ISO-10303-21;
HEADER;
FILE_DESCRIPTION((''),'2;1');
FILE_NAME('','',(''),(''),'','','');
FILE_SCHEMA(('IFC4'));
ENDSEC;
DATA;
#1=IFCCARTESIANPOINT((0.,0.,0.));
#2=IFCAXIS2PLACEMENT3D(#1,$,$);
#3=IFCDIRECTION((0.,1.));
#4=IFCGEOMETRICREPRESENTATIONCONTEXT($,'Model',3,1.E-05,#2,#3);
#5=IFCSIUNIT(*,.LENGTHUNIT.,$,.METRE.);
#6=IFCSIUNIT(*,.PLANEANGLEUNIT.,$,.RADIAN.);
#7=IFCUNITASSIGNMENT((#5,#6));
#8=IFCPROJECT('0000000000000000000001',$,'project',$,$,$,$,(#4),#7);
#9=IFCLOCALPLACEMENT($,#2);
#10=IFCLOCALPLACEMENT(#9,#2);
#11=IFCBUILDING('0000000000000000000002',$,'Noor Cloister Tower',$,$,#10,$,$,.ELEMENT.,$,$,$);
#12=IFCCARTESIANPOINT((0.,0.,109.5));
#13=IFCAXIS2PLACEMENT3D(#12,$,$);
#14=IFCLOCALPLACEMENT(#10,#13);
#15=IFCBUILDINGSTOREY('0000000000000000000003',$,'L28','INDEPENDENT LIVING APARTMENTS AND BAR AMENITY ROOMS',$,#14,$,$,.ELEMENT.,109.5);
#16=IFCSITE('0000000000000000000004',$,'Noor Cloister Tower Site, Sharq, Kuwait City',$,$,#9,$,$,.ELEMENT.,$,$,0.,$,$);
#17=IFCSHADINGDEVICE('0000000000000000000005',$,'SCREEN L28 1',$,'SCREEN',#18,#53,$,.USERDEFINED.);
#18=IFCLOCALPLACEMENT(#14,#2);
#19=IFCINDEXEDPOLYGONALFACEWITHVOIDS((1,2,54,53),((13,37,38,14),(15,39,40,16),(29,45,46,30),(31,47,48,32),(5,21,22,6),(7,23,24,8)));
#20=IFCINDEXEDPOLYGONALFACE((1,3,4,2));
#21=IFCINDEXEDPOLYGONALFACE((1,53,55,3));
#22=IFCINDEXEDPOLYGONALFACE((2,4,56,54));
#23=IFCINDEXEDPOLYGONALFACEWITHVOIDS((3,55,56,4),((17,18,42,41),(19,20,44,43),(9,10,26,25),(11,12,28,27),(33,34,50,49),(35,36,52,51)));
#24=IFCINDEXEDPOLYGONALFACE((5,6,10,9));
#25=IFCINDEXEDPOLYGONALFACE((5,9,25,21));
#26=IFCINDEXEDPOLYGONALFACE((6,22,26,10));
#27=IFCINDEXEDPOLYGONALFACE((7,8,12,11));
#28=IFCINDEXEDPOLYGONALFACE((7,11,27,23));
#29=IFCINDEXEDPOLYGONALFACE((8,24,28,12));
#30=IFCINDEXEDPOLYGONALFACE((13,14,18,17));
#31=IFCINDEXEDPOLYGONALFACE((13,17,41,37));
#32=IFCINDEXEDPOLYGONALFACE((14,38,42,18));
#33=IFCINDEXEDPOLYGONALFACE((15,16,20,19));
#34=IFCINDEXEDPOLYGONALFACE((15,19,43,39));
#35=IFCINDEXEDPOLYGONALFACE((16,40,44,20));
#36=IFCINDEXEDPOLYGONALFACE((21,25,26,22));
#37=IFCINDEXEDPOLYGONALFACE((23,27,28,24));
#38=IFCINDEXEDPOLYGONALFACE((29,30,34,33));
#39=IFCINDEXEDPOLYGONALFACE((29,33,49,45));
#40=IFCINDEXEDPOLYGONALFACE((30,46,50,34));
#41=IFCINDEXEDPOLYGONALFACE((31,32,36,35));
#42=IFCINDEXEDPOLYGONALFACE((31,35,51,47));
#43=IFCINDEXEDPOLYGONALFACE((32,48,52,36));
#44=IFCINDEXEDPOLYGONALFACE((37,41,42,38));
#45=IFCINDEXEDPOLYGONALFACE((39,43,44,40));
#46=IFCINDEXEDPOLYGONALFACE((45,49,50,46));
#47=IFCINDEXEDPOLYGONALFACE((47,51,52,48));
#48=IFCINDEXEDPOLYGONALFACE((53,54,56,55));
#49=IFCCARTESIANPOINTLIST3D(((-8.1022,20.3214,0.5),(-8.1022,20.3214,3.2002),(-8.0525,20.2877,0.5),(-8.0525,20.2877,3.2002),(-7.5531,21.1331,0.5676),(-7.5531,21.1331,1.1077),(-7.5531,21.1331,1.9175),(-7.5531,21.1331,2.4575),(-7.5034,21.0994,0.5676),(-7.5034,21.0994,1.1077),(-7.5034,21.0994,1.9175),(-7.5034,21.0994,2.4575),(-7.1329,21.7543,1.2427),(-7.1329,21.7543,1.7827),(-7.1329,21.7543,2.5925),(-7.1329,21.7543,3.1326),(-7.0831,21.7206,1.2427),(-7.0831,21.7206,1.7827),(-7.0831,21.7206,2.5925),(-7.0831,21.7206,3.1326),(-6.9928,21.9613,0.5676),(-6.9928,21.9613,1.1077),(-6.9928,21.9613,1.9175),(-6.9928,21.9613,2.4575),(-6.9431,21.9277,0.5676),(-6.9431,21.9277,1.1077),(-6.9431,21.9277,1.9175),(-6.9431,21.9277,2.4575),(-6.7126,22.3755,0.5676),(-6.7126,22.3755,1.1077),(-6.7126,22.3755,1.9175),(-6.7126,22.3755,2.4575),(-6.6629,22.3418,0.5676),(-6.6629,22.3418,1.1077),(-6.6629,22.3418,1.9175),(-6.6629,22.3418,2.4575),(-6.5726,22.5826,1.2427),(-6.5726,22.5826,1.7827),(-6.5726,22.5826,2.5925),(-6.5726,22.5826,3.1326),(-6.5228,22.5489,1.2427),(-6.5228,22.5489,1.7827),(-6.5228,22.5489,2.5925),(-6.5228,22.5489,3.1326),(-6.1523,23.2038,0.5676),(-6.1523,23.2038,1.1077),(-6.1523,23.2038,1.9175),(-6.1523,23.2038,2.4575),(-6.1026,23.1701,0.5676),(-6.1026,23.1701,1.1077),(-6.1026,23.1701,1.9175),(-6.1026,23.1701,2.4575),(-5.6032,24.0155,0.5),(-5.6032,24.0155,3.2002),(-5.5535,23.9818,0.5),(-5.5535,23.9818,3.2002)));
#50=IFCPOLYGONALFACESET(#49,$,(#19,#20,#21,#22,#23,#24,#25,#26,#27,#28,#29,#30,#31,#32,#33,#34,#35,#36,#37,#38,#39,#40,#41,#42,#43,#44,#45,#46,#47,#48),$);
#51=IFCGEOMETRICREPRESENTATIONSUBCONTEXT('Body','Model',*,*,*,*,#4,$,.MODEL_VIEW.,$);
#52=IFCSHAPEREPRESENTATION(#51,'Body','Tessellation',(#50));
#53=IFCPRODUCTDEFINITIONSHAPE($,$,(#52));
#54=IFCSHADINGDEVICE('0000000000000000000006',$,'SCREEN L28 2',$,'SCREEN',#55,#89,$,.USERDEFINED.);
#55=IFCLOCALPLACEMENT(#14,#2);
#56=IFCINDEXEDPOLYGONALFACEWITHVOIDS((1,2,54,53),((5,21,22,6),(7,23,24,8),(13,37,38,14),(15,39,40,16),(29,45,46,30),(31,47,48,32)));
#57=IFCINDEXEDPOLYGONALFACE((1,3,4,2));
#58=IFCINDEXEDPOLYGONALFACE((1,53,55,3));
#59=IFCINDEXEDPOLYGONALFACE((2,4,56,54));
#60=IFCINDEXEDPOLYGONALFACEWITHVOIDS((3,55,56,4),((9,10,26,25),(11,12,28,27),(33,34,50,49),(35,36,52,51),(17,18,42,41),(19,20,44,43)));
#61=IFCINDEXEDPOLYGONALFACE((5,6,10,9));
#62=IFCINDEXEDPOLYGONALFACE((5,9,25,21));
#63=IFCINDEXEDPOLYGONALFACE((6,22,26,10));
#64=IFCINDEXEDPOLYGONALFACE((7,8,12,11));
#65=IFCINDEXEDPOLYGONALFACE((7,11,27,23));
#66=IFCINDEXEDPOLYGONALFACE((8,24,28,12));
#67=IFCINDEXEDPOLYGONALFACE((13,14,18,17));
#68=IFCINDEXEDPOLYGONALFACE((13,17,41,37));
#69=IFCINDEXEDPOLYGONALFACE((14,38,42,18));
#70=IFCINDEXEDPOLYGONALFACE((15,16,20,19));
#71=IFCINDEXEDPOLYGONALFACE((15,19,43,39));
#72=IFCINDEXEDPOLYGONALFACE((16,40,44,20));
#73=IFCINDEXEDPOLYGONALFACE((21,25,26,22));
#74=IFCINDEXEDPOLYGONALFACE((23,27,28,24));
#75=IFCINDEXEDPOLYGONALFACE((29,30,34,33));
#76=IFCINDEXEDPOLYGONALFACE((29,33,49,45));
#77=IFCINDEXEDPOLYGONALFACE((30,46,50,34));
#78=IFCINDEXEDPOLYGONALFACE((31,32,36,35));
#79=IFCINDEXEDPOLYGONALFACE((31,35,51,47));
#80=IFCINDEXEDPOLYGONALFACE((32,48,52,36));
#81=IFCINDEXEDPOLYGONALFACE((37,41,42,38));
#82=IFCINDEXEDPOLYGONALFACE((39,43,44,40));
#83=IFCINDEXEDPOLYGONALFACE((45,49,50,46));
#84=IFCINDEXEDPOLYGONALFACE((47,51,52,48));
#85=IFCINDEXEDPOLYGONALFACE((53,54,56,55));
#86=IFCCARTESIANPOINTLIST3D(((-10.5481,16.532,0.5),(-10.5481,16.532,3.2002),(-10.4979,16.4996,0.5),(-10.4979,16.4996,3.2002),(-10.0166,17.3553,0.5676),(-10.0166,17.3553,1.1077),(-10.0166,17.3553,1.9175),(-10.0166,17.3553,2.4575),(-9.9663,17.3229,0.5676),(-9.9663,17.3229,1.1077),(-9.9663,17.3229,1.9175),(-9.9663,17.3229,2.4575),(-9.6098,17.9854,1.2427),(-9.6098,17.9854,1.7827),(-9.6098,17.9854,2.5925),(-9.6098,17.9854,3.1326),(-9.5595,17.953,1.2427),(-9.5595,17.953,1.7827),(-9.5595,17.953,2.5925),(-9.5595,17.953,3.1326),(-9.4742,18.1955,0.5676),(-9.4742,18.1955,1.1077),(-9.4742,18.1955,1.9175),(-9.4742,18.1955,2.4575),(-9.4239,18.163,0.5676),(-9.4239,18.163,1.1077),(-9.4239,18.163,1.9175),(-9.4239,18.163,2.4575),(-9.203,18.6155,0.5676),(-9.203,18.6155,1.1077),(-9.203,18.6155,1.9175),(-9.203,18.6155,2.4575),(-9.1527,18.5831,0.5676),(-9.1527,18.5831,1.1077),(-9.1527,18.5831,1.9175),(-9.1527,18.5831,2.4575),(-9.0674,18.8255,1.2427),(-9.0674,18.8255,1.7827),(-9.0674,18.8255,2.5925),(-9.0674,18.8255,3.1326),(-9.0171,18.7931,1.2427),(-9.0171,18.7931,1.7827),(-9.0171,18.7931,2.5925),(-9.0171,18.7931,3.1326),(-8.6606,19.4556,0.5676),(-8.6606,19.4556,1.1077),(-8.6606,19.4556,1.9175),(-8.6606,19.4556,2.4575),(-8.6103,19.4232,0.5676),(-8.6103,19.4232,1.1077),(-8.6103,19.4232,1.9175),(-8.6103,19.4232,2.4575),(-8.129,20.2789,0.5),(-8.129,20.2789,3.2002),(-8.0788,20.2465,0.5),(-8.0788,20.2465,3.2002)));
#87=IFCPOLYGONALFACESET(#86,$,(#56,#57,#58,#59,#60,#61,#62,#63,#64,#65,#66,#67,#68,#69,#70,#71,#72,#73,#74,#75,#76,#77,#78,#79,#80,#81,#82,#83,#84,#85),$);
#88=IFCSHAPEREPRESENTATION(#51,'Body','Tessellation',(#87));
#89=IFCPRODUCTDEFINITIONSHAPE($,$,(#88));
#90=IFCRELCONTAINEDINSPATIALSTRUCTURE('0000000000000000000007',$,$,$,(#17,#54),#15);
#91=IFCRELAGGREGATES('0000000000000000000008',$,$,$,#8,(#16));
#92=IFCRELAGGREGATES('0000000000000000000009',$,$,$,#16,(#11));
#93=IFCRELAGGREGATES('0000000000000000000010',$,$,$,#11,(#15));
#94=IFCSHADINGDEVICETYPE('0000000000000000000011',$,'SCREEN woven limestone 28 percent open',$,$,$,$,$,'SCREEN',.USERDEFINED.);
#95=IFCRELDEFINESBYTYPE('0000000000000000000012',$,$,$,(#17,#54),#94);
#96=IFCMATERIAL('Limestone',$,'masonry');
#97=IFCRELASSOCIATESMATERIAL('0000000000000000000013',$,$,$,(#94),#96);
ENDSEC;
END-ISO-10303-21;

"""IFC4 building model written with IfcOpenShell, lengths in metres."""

from ifc_helpers import new_model, si_unit, direction, frame, origin, place, context, subcontext, project, spatial, polyline, outline, extrude, material, material_profile, profile_set, type_object, element, save


model = new_model("IFC4")

# Units and contexts
model_context = context("Model", 3, precision=1e-05, world=origin(), true_north=direction((0.0, 1.0)))
body_context = subcontext(model_context, "Body", "Model", "MODEL_VIEW")
ifc_project = project(units=[si_unit("LENGTHUNIT", "METRE"), si_unit("PLANEANGLEUNIT", "RADIAN")], contexts=[model_context])

# Site, building, storey
site_placement = place(None, origin())
site = spatial("IfcSite", under=ifc_project, at=site_placement, Name="Noor Cloister Tower Site, Sharq, Kuwait City", CompositionType="ELEMENT", RefElevation=0.0)
building_placement = place(site_placement, origin())
building = spatial("IfcBuilding", under=site, at=building_placement, Name="Noor Cloister Tower", CompositionType="ELEMENT")
storey_placement = place(building_placement, frame((0.0, 0.0, 109.5)))
storey = spatial("IfcBuildingStorey", under=building, at=storey_placement, Name="L28", Description="INDEPENDENT LIVING APARTMENTS AND BAR AMENITY ROOMS", CompositionType="ELEMENT", Elevation=109.5)

# Shading devices
ifc_material_1 = material(Name="Limestone", Category="masonry")
ifc_material_profile_1 = material_profile(ifc_material_1, outline(polyline([(-2.23, -1.3501), (2.23, -1.3501), (2.23, 1.3501), (-2.23, 1.3501), (-2.23, -1.3501)]), holes=[polyline([(-1.25, -1.2825), (-0.25, -1.2825), (-0.25, -0.7424), (-1.25, -0.7424), (-1.25, -1.2825)]), polyline([(0.25, -1.2825), (1.25, -1.2825), (1.25, -0.7424), (0.25, -0.7424), (0.25, -1.2825)]), polyline([(-0.5, -0.6074), (0.5, -0.6074), (0.5, -0.0674), (-0.5, -0.0674), (-0.5, -0.6074)]), polyline([(-1.25, 0.0674), (-0.25, 0.0674), (-0.25, 0.6074), (-1.25, 0.6074), (-1.25, 0.0674)]), polyline([(0.25, 0.0674), (1.25, 0.0674), (1.25, 0.6074), (0.25, 0.6074), (0.25, 0.0674)]), polyline([(-0.5, 0.7424), (0.5, 0.7424), (0.5, 1.2825), (-0.5, 1.2825), (-0.5, 0.7424)])]), Name="Woven screen 28 percent open")
ifc_profile_set_1 = profile_set([ifc_material_profile_1], Name="Limestone")
shading_device_type = type_object("IfcShadingDeviceType", Name="SCREEN woven limestone 28 percent open", ElementType="SCREEN", PredefinedType="USERDEFINED", material=ifc_profile_set_1)
shading_device_1_placement = place(storey_placement, frame((-6.803, 22.1348, 1.8501), z_axis=(-0.828283, 0.560309, 0.0), x_axis=(-0.560309, -0.828283, 0.0)))
element("IfcShadingDevice", 1, at=shading_device_1_placement, inside=storey, type_object=shading_device_type, Name="SCREEN L28 1", ObjectType="SCREEN", PredefinedType="USERDEFINED", context=body_context, shape_type="SweptSolid", body=[
    extrude(outline(polyline([(-2.23, -1.3501), (2.23, -1.3501), (2.23, 1.3501), (-2.23, 1.3501), (-2.23, -1.3501)]), holes=[polyline([(-1.25, -1.2825), (-0.25, -1.2825), (-0.25, -0.7424), (-1.25, -0.7424), (-1.25, -1.2825)]), polyline([(0.25, -1.2825), (1.25, -1.2825), (1.25, -0.7424), (0.25, -0.7424), (0.25, -1.2825)]), polyline([(-0.5, -0.6074), (0.5, -0.6074), (0.5, -0.0674), (-0.5, -0.0674), (-0.5, -0.6074)]), polyline([(-1.25, 0.0674), (-0.25, 0.0674), (-0.25, 0.6074), (-1.25, 0.6074), (-1.25, 0.0674)]), polyline([(0.25, 0.0674), (1.25, 0.0674), (1.25, 0.6074), (0.25, 0.6074), (0.25, 0.0674)]), polyline([(-0.5, 0.7424), (0.5, 0.7424), (0.5, 1.2825), (-0.5, 1.2825), (-0.5, 0.7424)])]), origin(), (0.0, 0.0, 1.0), 0.0601),
])
shading_device_2_placement = place(storey_placement, frame((-9.2883, 18.373, 1.8501), z_axis=(-0.840117, 0.542406, 0.0), x_axis=(-0.542406, -0.840117, 0.0)))
element("IfcShadingDevice", 2, at=shading_device_2_placement, inside=storey, type_object=shading_device_type, Name="SCREEN L28 2", ObjectType="SCREEN", PredefinedType="USERDEFINED", context=body_context, shape_type="SweptSolid", body=[
    extrude(outline(polyline([(-2.23, -1.3501), (2.23, -1.3501), (2.23, 1.3501), (-2.23, 1.3501), (-2.23, -1.3501)]), holes=[polyline([(-1.25, -1.2825), (-0.25, -1.2825), (-0.25, -0.7424), (-1.25, -0.7424), (-1.25, -1.2825)]), polyline([(0.25, -1.2825), (1.25, -1.2825), (1.25, -0.7424), (0.25, -0.7424), (0.25, -1.2825)]), polyline([(-0.5, -0.6074), (0.5, -0.6074), (0.5, -0.0674), (-0.5, -0.0674), (-0.5, -0.6074)]), polyline([(-1.25, 0.0674), (-0.25, 0.0674), (-0.25, 0.6074), (-1.25, 0.6074), (-1.25, 0.0674)]), polyline([(0.25, 0.0674), (1.25, 0.0674), (1.25, 0.6074), (0.25, 0.6074), (0.25, 0.0674)]), polyline([(-0.5, 0.7424), (0.5, 0.7424), (0.5, 1.2825), (-0.5, 1.2825), (-0.5, 0.7424)])]), origin(), (0.0, 0.0, 1.0), 0.0598),
])

save(model, "model.ifc")
